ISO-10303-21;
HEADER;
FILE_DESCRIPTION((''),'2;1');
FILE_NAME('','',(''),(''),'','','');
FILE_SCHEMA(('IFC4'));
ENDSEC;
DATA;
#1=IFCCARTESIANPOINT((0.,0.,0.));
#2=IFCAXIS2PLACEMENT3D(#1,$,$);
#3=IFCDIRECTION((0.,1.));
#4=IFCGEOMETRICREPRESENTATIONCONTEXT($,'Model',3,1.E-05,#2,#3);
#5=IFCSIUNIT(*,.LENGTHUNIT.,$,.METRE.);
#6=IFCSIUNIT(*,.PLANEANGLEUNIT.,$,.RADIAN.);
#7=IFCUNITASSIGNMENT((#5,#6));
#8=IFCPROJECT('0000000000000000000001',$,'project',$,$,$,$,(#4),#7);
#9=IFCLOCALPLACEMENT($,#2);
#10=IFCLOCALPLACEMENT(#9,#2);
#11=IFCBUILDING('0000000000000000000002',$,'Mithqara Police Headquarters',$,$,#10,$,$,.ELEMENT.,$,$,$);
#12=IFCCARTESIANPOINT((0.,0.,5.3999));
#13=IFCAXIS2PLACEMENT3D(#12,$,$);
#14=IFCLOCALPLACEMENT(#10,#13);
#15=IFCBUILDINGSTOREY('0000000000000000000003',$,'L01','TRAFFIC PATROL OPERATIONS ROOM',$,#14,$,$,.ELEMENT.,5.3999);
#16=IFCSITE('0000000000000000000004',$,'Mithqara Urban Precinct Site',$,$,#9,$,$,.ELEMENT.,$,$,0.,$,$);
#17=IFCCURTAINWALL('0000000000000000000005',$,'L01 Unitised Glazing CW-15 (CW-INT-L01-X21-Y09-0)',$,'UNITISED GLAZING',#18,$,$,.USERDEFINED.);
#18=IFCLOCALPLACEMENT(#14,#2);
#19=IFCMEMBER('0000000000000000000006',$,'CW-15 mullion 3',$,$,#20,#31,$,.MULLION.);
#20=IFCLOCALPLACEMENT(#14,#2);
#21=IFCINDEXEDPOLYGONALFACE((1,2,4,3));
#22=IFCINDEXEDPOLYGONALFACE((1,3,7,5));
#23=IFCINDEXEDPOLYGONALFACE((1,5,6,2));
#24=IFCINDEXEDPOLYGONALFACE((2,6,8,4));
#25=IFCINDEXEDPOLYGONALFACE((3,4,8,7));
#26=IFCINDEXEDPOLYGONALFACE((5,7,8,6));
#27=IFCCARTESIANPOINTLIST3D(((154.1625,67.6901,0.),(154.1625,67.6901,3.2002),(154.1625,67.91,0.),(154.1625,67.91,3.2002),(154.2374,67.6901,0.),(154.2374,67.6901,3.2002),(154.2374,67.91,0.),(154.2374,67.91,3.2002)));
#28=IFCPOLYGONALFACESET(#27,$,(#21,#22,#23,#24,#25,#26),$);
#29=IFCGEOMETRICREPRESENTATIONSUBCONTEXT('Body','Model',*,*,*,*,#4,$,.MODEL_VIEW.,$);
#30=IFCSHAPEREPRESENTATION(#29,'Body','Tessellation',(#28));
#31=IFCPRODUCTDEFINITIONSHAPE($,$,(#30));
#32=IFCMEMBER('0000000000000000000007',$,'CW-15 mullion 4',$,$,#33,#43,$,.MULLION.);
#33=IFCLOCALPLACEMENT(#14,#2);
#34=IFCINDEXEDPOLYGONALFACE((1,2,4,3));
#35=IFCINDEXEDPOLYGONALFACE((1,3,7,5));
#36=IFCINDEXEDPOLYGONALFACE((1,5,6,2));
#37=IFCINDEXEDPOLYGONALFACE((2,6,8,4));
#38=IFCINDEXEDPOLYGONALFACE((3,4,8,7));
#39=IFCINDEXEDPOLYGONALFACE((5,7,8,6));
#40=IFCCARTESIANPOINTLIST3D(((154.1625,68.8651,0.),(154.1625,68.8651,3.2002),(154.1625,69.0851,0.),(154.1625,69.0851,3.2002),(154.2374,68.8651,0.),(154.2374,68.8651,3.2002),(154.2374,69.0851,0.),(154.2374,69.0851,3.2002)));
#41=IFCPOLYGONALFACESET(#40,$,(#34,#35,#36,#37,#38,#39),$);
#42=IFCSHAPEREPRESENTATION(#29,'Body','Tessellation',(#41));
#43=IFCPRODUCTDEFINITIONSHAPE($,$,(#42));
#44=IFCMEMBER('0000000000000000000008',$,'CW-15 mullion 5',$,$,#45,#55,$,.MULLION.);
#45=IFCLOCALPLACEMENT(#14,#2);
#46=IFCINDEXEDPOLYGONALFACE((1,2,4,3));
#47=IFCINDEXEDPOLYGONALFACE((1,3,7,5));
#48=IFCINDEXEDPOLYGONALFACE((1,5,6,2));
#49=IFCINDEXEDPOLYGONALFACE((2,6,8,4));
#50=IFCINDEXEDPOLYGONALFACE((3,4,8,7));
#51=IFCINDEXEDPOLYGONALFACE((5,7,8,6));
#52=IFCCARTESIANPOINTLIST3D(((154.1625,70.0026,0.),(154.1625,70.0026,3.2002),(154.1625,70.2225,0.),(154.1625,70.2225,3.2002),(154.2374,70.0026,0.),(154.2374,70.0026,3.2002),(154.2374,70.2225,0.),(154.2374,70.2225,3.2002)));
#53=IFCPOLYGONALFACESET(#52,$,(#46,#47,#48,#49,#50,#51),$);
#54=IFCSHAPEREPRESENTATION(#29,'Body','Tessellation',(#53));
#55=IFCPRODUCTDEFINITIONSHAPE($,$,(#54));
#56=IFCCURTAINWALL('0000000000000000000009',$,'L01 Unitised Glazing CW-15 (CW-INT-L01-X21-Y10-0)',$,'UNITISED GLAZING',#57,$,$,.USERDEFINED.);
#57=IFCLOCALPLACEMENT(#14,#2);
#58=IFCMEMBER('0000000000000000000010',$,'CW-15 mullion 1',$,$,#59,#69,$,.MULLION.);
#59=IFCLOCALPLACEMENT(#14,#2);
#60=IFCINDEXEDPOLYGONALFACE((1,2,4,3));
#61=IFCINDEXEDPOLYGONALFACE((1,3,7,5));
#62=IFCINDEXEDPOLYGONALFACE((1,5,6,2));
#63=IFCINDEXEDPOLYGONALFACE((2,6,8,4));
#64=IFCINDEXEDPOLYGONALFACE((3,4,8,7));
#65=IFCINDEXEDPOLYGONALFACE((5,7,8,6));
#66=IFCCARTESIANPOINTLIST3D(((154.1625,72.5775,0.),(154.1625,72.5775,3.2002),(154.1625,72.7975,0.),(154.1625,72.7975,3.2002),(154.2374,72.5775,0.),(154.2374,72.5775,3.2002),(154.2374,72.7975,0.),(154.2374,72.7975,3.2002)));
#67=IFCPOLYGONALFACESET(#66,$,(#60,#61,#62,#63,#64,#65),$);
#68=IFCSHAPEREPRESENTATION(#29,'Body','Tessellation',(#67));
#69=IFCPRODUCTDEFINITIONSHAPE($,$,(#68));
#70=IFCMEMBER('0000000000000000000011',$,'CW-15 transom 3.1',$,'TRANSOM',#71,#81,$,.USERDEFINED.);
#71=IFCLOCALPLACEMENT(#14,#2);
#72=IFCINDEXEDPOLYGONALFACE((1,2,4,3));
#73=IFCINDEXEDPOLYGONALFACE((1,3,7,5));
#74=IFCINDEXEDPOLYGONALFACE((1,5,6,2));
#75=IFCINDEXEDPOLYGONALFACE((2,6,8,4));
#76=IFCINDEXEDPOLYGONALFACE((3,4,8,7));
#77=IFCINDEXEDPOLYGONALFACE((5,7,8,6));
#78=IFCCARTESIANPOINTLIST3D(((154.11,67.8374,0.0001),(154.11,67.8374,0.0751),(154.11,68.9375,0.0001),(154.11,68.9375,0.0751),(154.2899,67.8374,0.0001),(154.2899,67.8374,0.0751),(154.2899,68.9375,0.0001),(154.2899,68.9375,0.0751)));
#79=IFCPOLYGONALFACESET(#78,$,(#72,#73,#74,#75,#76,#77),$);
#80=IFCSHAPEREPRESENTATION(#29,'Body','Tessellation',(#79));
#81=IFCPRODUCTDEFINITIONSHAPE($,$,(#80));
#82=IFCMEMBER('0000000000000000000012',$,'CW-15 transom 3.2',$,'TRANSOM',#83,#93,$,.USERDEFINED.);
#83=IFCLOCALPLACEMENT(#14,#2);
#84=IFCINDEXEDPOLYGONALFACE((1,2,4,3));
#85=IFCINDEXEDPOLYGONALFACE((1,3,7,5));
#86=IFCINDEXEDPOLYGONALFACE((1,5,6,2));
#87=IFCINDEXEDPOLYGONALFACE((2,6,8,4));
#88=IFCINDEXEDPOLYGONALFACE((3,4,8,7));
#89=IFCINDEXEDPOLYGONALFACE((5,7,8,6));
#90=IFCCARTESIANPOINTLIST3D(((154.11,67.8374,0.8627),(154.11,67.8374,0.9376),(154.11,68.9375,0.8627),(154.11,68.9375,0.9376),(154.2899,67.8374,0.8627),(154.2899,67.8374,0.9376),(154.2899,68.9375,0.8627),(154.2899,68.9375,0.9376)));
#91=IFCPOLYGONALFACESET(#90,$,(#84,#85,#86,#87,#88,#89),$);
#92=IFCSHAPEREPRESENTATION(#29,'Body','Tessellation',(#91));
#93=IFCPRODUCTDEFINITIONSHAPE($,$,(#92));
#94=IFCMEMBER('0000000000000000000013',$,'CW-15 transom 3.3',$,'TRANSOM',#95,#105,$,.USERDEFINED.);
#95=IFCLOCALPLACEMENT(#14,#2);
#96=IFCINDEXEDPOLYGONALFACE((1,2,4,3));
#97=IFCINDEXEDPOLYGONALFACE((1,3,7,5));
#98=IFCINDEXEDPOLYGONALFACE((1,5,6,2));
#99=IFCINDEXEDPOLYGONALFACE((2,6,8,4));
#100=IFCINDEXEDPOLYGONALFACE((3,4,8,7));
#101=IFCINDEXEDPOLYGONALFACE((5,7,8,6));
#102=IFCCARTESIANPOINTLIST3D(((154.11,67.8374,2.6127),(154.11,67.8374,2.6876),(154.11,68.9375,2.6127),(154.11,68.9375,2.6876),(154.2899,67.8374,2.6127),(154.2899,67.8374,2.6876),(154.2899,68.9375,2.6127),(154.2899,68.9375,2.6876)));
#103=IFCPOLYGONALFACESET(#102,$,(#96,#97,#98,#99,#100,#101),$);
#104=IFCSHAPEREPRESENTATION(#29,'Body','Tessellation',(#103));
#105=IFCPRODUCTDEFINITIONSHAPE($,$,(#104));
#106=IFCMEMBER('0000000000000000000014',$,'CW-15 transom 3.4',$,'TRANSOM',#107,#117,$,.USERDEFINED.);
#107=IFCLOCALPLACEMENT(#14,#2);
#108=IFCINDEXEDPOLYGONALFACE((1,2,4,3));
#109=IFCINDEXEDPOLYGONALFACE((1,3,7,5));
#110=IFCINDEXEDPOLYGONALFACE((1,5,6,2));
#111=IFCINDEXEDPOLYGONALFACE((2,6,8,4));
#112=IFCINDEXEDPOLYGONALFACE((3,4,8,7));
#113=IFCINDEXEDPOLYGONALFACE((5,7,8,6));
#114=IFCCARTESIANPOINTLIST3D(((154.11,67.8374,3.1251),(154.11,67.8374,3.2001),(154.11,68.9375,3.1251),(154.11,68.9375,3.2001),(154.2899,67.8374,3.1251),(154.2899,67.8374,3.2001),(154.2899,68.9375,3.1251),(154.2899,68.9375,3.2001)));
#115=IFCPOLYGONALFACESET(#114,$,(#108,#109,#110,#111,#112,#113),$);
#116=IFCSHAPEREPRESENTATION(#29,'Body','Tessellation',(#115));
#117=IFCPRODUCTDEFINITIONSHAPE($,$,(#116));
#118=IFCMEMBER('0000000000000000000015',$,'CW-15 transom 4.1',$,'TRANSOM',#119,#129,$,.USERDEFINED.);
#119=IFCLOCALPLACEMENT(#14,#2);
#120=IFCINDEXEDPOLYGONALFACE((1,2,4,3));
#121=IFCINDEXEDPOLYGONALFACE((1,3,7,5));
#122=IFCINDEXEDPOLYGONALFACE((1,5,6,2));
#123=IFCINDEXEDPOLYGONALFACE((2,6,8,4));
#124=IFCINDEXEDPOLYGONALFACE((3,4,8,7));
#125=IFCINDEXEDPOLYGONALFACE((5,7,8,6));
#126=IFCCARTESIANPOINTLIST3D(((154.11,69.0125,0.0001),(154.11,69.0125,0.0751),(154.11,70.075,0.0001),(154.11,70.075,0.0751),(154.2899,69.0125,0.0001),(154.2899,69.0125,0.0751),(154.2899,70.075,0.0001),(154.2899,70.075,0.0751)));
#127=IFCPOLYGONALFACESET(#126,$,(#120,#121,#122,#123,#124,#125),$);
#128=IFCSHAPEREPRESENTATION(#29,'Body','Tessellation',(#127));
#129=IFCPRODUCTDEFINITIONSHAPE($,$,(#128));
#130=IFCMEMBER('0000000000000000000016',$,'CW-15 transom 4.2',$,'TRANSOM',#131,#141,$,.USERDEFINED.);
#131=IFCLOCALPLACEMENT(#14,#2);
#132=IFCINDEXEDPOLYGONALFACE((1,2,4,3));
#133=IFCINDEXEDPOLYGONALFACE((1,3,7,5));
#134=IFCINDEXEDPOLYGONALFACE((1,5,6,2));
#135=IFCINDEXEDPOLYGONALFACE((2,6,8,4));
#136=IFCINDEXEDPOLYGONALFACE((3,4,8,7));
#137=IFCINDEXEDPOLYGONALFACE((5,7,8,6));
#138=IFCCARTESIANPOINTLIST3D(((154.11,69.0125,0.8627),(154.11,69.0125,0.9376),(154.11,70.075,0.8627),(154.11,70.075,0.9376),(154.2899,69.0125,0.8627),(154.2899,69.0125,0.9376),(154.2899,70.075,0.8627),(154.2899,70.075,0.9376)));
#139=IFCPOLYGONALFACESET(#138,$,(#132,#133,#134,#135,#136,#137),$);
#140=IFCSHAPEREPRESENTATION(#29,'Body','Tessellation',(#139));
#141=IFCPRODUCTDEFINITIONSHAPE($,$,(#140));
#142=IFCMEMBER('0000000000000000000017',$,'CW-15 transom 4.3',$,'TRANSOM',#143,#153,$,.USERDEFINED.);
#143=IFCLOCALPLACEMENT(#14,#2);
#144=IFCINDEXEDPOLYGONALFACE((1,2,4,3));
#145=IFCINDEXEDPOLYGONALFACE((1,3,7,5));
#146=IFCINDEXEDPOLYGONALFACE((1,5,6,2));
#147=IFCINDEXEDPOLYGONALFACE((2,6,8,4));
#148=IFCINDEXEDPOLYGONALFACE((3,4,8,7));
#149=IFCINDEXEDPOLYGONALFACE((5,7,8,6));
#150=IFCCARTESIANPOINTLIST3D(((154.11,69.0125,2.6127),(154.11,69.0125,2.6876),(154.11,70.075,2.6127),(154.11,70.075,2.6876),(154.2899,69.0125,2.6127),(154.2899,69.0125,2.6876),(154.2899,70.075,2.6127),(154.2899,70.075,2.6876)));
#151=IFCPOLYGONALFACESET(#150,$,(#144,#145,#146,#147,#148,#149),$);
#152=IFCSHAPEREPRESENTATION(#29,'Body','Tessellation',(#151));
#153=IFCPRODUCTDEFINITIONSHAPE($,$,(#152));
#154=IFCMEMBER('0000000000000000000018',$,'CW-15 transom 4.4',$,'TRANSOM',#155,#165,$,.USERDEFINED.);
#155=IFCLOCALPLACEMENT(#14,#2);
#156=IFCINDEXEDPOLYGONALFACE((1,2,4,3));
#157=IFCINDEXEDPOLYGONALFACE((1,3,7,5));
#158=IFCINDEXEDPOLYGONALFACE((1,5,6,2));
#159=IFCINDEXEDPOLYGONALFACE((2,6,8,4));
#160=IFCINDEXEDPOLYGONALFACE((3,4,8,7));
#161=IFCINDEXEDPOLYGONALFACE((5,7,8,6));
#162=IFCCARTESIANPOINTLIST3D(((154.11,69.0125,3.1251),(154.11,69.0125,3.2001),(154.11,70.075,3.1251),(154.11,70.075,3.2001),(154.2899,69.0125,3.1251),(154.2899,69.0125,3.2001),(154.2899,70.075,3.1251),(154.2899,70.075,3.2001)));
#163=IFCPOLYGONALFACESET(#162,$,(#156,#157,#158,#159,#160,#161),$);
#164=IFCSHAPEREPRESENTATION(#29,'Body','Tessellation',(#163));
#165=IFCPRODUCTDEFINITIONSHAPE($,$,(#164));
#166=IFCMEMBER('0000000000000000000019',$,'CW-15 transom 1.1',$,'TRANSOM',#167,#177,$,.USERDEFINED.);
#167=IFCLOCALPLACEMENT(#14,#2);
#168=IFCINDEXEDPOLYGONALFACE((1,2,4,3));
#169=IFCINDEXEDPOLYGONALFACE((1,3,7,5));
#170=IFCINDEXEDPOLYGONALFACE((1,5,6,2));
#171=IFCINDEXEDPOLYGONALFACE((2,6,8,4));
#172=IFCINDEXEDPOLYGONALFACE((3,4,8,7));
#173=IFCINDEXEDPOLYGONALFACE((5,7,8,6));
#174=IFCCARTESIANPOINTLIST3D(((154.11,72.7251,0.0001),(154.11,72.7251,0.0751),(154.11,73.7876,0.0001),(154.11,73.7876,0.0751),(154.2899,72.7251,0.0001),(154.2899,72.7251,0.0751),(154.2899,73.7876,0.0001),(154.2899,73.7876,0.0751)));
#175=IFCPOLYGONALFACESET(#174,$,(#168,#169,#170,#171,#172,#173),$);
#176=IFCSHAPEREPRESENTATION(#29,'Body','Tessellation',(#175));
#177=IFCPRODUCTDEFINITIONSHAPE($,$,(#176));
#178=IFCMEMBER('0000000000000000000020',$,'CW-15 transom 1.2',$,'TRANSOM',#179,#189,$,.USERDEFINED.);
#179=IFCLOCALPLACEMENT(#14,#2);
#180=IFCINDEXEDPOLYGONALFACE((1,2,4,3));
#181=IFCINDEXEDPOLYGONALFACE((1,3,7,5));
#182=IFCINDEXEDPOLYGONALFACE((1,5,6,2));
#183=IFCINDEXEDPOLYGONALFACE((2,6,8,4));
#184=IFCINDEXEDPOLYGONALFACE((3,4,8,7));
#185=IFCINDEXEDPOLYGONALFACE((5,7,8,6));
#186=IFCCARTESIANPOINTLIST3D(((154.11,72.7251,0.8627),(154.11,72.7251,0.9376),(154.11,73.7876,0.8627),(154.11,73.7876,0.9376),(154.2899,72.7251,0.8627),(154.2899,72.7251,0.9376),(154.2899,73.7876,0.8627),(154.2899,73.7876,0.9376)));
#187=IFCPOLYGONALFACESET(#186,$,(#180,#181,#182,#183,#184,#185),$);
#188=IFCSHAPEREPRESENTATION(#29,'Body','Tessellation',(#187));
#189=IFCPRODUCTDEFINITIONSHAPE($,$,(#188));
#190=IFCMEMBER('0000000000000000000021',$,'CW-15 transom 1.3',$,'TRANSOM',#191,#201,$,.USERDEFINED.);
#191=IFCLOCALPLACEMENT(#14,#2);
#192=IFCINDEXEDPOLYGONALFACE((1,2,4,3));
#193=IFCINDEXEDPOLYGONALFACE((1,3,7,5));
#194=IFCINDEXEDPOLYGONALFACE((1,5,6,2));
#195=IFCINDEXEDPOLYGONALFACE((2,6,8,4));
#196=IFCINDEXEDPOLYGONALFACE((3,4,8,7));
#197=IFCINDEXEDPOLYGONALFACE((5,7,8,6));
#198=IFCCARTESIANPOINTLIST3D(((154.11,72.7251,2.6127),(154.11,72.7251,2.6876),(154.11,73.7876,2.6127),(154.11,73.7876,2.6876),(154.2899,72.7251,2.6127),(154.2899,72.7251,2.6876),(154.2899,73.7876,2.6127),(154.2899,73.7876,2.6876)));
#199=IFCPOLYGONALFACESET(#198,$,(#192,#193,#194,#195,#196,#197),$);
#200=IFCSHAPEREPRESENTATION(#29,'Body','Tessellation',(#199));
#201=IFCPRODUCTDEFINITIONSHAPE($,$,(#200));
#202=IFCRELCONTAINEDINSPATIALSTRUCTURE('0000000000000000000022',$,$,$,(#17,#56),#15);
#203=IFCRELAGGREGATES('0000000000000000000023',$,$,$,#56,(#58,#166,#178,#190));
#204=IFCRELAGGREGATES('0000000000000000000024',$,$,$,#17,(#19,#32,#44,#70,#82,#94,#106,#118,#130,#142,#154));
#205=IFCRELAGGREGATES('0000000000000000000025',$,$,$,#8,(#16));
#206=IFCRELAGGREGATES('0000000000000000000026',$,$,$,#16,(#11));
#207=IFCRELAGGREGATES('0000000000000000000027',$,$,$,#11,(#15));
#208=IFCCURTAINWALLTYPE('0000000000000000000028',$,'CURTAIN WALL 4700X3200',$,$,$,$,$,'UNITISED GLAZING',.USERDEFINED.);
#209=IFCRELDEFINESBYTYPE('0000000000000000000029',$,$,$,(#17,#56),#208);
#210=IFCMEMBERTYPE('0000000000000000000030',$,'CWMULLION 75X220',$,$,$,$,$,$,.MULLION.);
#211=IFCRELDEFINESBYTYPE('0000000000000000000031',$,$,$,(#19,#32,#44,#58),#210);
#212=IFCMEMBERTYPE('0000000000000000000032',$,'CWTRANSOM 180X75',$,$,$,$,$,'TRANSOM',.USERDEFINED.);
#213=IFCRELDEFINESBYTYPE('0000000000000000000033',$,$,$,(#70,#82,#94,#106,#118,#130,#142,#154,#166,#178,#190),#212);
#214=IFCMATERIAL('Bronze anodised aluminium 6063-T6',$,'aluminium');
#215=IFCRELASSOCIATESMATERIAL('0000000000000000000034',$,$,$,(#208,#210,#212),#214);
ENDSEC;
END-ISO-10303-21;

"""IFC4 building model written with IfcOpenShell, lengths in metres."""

from ifc_helpers import new_model, si_unit, direction, frame, origin, origin_2d, place, context, subcontext, project, spatial, rectangle, extrude, material, material_profile, profile_set, type_object, element, aggregate, save


model = new_model("IFC4")

# Units and contexts
model_context = context("Model", 3, precision=1e-05, world=origin(), true_north=direction((0.0, 1.0)))
body_context = subcontext(model_context, "Body", "Model", "MODEL_VIEW")
ifc_project = project(units=[si_unit("LENGTHUNIT", "METRE"), si_unit("PLANEANGLEUNIT", "RADIAN")], contexts=[model_context])

# Site, building, storey
site_placement = place(None, origin())
site = spatial("IfcSite", under=ifc_project, at=site_placement, Name="Mithqara Urban Precinct Site", CompositionType="ELEMENT", RefElevation=0.0)
building_placement = place(site_placement, origin())
building = spatial("IfcBuilding", under=site, at=building_placement, Name="Mithqara Police Headquarters", CompositionType="ELEMENT")
storey_placement = place(building_placement, frame((0.0, 0.0, 5.3999)))
storey = spatial("IfcBuildingStorey", under=building, at=storey_placement, Name="L01", Description="TRAFFIC PATROL OPERATIONS ROOM", CompositionType="ELEMENT", Elevation=5.3999)

# Curtain wall, members
ifc_material_1 = material(Name="Bronze anodised aluminium 6063-T6", Category="aluminium")
curtain_wall_type = type_object("IfcCurtainWallType", Name="CURTAIN WALL 4700X3200", ElementType="UNITISED GLAZING", PredefinedType="USERDEFINED", material=ifc_material_1)
curtain_wall_1_placement = place(storey_placement, origin())
curtain_wall_1 = element("IfcCurtainWall", 1, at=curtain_wall_1_placement, inside=storey, type_object=curtain_wall_type, Name="L01 Unitised Glazing CW-15 (CW-INT-L01-X21-Y09-0)", ObjectType="UNITISED GLAZING", PredefinedType="USERDEFINED")
ifc_material_profile_1 = material_profile(ifc_material_1, rectangle(XDim=0.075, YDim=0.22, at=origin_2d()), Name="CWM 75x220")
ifc_profile_set_1 = profile_set([ifc_material_profile_1], Name="Bronze anodised aluminium 6063-T6")
member_type_1 = type_object("IfcMemberType", Name="CWMULLION 75X220", PredefinedType="MULLION", material=ifc_profile_set_1)
member_1_placement = place(storey_placement, frame((154.2, 67.8, 0.0), z_axis=(0.0, 0.0, 1.0), x_axis=(-1.0, 0.0, 0.0)))
member_1 = element("IfcMember", 2, at=member_1_placement, type_object=member_type_1, Name="CW-15 mullion 3", PredefinedType="MULLION", context=body_context, shape_type="SweptSolid", body=[
    extrude(rectangle(XDim=0.075, YDim=0.22, at=origin_2d()), origin(), (0.0, 0.0, 1.0), 3.2002),
])
member_2_placement = place(storey_placement, frame((154.2, 68.9751, 0.0), z_axis=(0.0, 0.0, 1.0), x_axis=(-1.0, 0.0, 0.0)))
member_2 = element("IfcMember", 3, at=member_2_placement, type_object=member_type_1, Name="CW-15 mullion 4", PredefinedType="MULLION", context=body_context, shape_type="SweptSolid", body=[
    extrude(rectangle(XDim=0.075, YDim=0.22, at=origin_2d()), origin(), (0.0, 0.0, 1.0), 3.2002),
])
member_3_placement = place(storey_placement, frame((154.2, 70.1125, 0.0), z_axis=(0.0, 0.0, 1.0), x_axis=(-1.0, 0.0, 0.0)))
member_3 = element("IfcMember", 4, at=member_3_placement, type_object=member_type_1, Name="CW-15 mullion 5", PredefinedType="MULLION", context=body_context, shape_type="SweptSolid", body=[
    extrude(rectangle(XDim=0.075, YDim=0.22, at=origin_2d()), origin(), (0.0, 0.0, 1.0), 3.2002),
])

# Curtain wall, member
curtain_wall_2_placement = place(storey_placement, origin())
curtain_wall_2 = element("IfcCurtainWall", 5, at=curtain_wall_2_placement, inside=storey, type_object=curtain_wall_type, Name="L01 Unitised Glazing CW-15 (CW-INT-L01-X21-Y10-0)", ObjectType="UNITISED GLAZING", PredefinedType="USERDEFINED")
member_4_placement = place(storey_placement, frame((154.2, 72.6875, 0.0), z_axis=(0.0, 0.0, 1.0), x_axis=(-1.0, 0.0, 0.0)))
member_4 = element("IfcMember", 6, at=member_4_placement, type_object=member_type_1, Name="CW-15 mullion 1", PredefinedType="MULLION", context=body_context, shape_type="SweptSolid", body=[
    extrude(rectangle(XDim=0.075, YDim=0.22, at=origin_2d()), origin(), (0.0, 0.0, 1.0), 3.2002),
])

# Members
ifc_material_profile_2 = material_profile(ifc_material_1, rectangle(XDim=0.1799, YDim=0.075, at=origin_2d()), Name="CWT 180x75")
ifc_profile_set_2 = profile_set([ifc_material_profile_2], Name="Bronze anodised aluminium 6063-T6")
member_type_2 = type_object("IfcMemberType", Name="CWTRANSOM 180X75", ElementType="TRANSOM", PredefinedType="USERDEFINED", material=ifc_profile_set_2)
member_5_placement = place(storey_placement, frame((154.2, 67.8374, 0.0376), z_axis=(0.0, 1.0, 0.0), x_axis=(-1.0, 0.0, 0.0)))
member_5 = element("IfcMember", 7, at=member_5_placement, type_object=member_type_2, Name="CW-15 transom 3.1", ObjectType="TRANSOM", PredefinedType="USERDEFINED", context=body_context, shape_type="SweptSolid", body=[
    extrude(rectangle(XDim=0.1799, YDim=0.075, at=origin_2d()), origin(), (0.0, 0.0, 1.0), 1.1001),
])
member_6_placement = place(storey_placement, frame((154.2, 67.8374, 0.9001), z_axis=(0.0, 1.0, 0.0), x_axis=(-1.0, 0.0, 0.0)))
member_6 = element("IfcMember", 8, at=member_6_placement, type_object=member_type_2, Name="CW-15 transom 3.2", ObjectType="TRANSOM", PredefinedType="USERDEFINED", context=body_context, shape_type="SweptSolid", body=[
    extrude(rectangle(XDim=0.1799, YDim=0.075, at=origin_2d()), origin(), (0.0, 0.0, 1.0), 1.1001),
])
member_7_placement = place(storey_placement, frame((154.2, 67.8374, 2.6501), z_axis=(0.0, 1.0, 0.0), x_axis=(-1.0, 0.0, 0.0)))
member_7 = element("IfcMember", 9, at=member_7_placement, type_object=member_type_2, Name="CW-15 transom 3.3", ObjectType="TRANSOM", PredefinedType="USERDEFINED", context=body_context, shape_type="SweptSolid", body=[
    extrude(rectangle(XDim=0.1799, YDim=0.075, at=origin_2d()), origin(), (0.0, 0.0, 1.0), 1.1001),
])
member_8_placement = place(storey_placement, frame((154.2, 67.8374, 3.1626), z_axis=(0.0, 1.0, 0.0), x_axis=(-1.0, 0.0, 0.0)))
member_8 = element("IfcMember", 10, at=member_8_placement, type_object=member_type_2, Name="CW-15 transom 3.4", ObjectType="TRANSOM", PredefinedType="USERDEFINED", context=body_context, shape_type="SweptSolid", body=[
    extrude(rectangle(XDim=0.1799, YDim=0.075, at=origin_2d()), origin(), (0.0, 0.0, 1.0), 1.1001),
])
member_9_placement = place(storey_placement, frame((154.2, 69.0125, 0.0376), z_axis=(0.0, 1.0, 0.0), x_axis=(-1.0, 0.0, 0.0)))
member_9 = element("IfcMember", 11, at=member_9_placement, type_object=member_type_2, Name="CW-15 transom 4.1", ObjectType="TRANSOM", PredefinedType="USERDEFINED", context=body_context, shape_type="SweptSolid", body=[
    extrude(rectangle(XDim=0.1799, YDim=0.075, at=origin_2d()), origin(), (0.0, 0.0, 1.0), 1.0625),
])
member_10_placement = place(storey_placement, frame((154.2, 69.0125, 0.9001), z_axis=(0.0, 1.0, 0.0), x_axis=(-1.0, 0.0, 0.0)))
member_10 = element("IfcMember", 12, at=member_10_placement, type_object=member_type_2, Name="CW-15 transom 4.2", ObjectType="TRANSOM", PredefinedType="USERDEFINED", context=body_context, shape_type="SweptSolid", body=[
    extrude(rectangle(XDim=0.1799, YDim=0.075, at=origin_2d()), origin(), (0.0, 0.0, 1.0), 1.0625),
])
member_11_placement = place(storey_placement, frame((154.2, 69.0125, 2.6501), z_axis=(0.0, 1.0, 0.0), x_axis=(-1.0, 0.0, 0.0)))
member_11 = element("IfcMember", 13, at=member_11_placement, type_object=member_type_2, Name="CW-15 transom 4.3", ObjectType="TRANSOM", PredefinedType="USERDEFINED", context=body_context, shape_type="SweptSolid", body=[
    extrude(rectangle(XDim=0.1799, YDim=0.075, at=origin_2d()), origin(), (0.0, 0.0, 1.0), 1.0625),
])
member_12_placement = place(storey_placement, frame((154.2, 69.0125, 3.1626), z_axis=(0.0, 1.0, 0.0), x_axis=(-1.0, 0.0, 0.0)))
member_12 = element("IfcMember", 14, at=member_12_placement, type_object=member_type_2, Name="CW-15 transom 4.4", ObjectType="TRANSOM", PredefinedType="USERDEFINED", context=body_context, shape_type="SweptSolid", body=[
    extrude(rectangle(XDim=0.1799, YDim=0.075, at=origin_2d()), origin(), (0.0, 0.0, 1.0), 1.0625),
])
member_13_placement = place(storey_placement, frame((154.2, 72.7251, 0.0376), z_axis=(0.0, 1.0, 0.0), x_axis=(-1.0, 0.0, 0.0)))
member_13 = element("IfcMember", 15, at=member_13_placement, type_object=member_type_2, Name="CW-15 transom 1.1", ObjectType="TRANSOM", PredefinedType="USERDEFINED", context=body_context, shape_type="SweptSolid", body=[
    extrude(rectangle(XDim=0.1799, YDim=0.075, at=origin_2d()), origin(), (0.0, 0.0, 1.0), 1.0625),
])
member_14_placement = place(storey_placement, frame((154.2, 72.7251, 0.9001), z_axis=(0.0, 1.0, 0.0), x_axis=(-1.0, 0.0, 0.0)))
member_14 = element("IfcMember", 16, at=member_14_placement, type_object=member_type_2, Name="CW-15 transom 1.2", ObjectType="TRANSOM", PredefinedType="USERDEFINED", context=body_context, shape_type="SweptSolid", body=[
    extrude(rectangle(XDim=0.1799, YDim=0.075, at=origin_2d()), origin(), (0.0, 0.0, 1.0), 1.0625),
])
member_15_placement = place(storey_placement, frame((154.2, 72.7251, 2.6501), z_axis=(0.0, 1.0, 0.0), x_axis=(-1.0, 0.0, 0.0)))
member_15 = element("IfcMember", 17, at=member_15_placement, type_object=member_type_2, Name="CW-15 transom 1.3", ObjectType="TRANSOM", PredefinedType="USERDEFINED", context=body_context, shape_type="SweptSolid", body=[
    extrude(rectangle(XDim=0.1799, YDim=0.075, at=origin_2d()), origin(), (0.0, 0.0, 1.0), 1.0625),
])
aggregate(curtain_wall_2, [member_4, member_13, member_14, member_15])

aggregate(curtain_wall_1, [member_1, member_2, member_3, member_5, member_6, member_7, member_8, member_9, member_10, member_11, member_12])

save(model, "model.ifc")
